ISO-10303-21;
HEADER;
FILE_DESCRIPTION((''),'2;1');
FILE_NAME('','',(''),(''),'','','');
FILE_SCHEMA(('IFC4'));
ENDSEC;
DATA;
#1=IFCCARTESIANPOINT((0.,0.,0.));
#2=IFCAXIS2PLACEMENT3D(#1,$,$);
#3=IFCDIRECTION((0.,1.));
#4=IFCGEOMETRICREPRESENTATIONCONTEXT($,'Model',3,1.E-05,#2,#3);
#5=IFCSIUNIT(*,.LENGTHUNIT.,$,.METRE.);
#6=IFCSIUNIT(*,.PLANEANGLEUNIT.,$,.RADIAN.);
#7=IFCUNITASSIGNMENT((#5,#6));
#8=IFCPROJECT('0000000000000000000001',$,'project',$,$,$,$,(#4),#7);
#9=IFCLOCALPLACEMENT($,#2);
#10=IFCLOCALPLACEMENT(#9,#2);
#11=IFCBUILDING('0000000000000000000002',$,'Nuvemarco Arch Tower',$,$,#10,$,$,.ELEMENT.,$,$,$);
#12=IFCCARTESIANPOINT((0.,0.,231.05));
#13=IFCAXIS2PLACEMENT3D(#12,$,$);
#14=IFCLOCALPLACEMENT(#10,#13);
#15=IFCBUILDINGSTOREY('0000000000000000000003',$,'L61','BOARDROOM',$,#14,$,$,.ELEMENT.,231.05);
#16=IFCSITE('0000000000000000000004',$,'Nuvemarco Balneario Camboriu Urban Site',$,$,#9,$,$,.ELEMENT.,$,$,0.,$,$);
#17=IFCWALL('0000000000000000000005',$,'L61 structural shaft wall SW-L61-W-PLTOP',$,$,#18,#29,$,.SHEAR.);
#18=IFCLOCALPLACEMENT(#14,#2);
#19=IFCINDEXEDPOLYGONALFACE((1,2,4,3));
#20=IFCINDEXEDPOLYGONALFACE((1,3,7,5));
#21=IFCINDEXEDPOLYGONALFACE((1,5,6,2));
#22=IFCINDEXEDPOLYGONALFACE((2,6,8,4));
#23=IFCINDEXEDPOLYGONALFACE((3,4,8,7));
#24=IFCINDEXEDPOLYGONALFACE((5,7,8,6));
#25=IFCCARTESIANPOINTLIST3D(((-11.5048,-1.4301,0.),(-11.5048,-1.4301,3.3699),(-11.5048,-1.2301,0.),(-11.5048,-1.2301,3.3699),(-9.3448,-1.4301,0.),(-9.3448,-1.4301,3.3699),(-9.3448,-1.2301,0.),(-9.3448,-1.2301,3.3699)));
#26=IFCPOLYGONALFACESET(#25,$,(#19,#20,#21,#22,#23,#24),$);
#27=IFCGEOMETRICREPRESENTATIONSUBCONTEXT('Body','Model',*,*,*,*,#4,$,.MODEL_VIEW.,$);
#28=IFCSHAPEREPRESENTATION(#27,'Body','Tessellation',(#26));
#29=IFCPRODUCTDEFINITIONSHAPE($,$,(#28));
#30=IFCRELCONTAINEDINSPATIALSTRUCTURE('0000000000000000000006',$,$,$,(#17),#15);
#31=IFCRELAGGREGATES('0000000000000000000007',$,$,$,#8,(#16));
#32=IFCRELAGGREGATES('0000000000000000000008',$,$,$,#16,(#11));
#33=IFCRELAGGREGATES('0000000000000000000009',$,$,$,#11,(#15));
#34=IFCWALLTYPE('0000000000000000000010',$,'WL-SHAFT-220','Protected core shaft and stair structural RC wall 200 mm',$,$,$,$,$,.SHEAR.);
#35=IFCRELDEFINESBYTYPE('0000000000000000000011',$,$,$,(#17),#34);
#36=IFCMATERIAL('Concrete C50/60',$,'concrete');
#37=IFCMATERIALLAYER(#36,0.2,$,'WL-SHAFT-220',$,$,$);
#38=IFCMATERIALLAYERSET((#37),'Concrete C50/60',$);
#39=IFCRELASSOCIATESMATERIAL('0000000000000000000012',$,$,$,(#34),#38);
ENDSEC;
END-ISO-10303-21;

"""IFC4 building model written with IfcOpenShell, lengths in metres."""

from ifc_helpers import new_model, si_unit, direction, frame, frame_2d, origin, place, context, subcontext, project, spatial, rectangle, extrude, material, layer, layer_set, type_object, element, save


model = new_model("IFC4")

# Units and contexts
model_context = context("Model", 3, precision=1e-05, world=origin(), true_north=direction((0.0, 1.0)))
body_context = subcontext(model_context, "Body", "Model", "MODEL_VIEW")
ifc_project = project(units=[si_unit("LENGTHUNIT", "METRE"), si_unit("PLANEANGLEUNIT", "RADIAN")], contexts=[model_context])

# Site, building, storey
site_placement = place(None, origin())
site = spatial("IfcSite", under=ifc_project, at=site_placement, Name="Nuvemarco Balneario Camboriu Urban Site", CompositionType="ELEMENT", RefElevation=0.0)
building_placement = place(site_placement, origin())
building = spatial("IfcBuilding", under=site, at=building_placement, Name="Nuvemarco Arch Tower", CompositionType="ELEMENT")
storey_placement = place(building_placement, frame((0.0, 0.0, 231.05)))
storey = spatial("IfcBuildingStorey", under=building, at=storey_placement, Name="L61", Description="BOARDROOM", CompositionType="ELEMENT", Elevation=231.05)

# Shared definitions
ifc_material_1 = material(Name="Concrete C50/60", Category="concrete")

# Shared definitions
ifc_layer_1 = layer(ifc_material_1, 0.2, Name="WL-SHAFT-220")
ifc_layer_set_1 = layer_set([ifc_layer_1], Name="Concrete C50/60")
wall_type_1 = type_object("IfcWallType", Name="WL-SHAFT-220", Description="Protected core shaft and stair structural RC wall 200 mm", PredefinedType="SHEAR", material=ifc_layer_set_1)

# Wall
wall_1_placement = place(storey_placement, frame((-11.5049, -1.3301, 0.0), z_axis=(0.0, 0.0, 1.0), x_axis=(1.0, 0.0, 0.0)))
element("IfcWall", 1, at=wall_1_placement, inside=storey, type_object=wall_type_1, Name="L61 structural shaft wall SW-L61-W-PLTOP", PredefinedType="SHEAR", context=body_context, shape_type="SweptSolid", body=[
    extrude(rectangle(XDim=2.1599, YDim=0.2, at=frame_2d((1.0801, 0.0))), origin(), (0.0, 0.0, 1.0), 3.3699),
])

save(model, "model.ifc")
